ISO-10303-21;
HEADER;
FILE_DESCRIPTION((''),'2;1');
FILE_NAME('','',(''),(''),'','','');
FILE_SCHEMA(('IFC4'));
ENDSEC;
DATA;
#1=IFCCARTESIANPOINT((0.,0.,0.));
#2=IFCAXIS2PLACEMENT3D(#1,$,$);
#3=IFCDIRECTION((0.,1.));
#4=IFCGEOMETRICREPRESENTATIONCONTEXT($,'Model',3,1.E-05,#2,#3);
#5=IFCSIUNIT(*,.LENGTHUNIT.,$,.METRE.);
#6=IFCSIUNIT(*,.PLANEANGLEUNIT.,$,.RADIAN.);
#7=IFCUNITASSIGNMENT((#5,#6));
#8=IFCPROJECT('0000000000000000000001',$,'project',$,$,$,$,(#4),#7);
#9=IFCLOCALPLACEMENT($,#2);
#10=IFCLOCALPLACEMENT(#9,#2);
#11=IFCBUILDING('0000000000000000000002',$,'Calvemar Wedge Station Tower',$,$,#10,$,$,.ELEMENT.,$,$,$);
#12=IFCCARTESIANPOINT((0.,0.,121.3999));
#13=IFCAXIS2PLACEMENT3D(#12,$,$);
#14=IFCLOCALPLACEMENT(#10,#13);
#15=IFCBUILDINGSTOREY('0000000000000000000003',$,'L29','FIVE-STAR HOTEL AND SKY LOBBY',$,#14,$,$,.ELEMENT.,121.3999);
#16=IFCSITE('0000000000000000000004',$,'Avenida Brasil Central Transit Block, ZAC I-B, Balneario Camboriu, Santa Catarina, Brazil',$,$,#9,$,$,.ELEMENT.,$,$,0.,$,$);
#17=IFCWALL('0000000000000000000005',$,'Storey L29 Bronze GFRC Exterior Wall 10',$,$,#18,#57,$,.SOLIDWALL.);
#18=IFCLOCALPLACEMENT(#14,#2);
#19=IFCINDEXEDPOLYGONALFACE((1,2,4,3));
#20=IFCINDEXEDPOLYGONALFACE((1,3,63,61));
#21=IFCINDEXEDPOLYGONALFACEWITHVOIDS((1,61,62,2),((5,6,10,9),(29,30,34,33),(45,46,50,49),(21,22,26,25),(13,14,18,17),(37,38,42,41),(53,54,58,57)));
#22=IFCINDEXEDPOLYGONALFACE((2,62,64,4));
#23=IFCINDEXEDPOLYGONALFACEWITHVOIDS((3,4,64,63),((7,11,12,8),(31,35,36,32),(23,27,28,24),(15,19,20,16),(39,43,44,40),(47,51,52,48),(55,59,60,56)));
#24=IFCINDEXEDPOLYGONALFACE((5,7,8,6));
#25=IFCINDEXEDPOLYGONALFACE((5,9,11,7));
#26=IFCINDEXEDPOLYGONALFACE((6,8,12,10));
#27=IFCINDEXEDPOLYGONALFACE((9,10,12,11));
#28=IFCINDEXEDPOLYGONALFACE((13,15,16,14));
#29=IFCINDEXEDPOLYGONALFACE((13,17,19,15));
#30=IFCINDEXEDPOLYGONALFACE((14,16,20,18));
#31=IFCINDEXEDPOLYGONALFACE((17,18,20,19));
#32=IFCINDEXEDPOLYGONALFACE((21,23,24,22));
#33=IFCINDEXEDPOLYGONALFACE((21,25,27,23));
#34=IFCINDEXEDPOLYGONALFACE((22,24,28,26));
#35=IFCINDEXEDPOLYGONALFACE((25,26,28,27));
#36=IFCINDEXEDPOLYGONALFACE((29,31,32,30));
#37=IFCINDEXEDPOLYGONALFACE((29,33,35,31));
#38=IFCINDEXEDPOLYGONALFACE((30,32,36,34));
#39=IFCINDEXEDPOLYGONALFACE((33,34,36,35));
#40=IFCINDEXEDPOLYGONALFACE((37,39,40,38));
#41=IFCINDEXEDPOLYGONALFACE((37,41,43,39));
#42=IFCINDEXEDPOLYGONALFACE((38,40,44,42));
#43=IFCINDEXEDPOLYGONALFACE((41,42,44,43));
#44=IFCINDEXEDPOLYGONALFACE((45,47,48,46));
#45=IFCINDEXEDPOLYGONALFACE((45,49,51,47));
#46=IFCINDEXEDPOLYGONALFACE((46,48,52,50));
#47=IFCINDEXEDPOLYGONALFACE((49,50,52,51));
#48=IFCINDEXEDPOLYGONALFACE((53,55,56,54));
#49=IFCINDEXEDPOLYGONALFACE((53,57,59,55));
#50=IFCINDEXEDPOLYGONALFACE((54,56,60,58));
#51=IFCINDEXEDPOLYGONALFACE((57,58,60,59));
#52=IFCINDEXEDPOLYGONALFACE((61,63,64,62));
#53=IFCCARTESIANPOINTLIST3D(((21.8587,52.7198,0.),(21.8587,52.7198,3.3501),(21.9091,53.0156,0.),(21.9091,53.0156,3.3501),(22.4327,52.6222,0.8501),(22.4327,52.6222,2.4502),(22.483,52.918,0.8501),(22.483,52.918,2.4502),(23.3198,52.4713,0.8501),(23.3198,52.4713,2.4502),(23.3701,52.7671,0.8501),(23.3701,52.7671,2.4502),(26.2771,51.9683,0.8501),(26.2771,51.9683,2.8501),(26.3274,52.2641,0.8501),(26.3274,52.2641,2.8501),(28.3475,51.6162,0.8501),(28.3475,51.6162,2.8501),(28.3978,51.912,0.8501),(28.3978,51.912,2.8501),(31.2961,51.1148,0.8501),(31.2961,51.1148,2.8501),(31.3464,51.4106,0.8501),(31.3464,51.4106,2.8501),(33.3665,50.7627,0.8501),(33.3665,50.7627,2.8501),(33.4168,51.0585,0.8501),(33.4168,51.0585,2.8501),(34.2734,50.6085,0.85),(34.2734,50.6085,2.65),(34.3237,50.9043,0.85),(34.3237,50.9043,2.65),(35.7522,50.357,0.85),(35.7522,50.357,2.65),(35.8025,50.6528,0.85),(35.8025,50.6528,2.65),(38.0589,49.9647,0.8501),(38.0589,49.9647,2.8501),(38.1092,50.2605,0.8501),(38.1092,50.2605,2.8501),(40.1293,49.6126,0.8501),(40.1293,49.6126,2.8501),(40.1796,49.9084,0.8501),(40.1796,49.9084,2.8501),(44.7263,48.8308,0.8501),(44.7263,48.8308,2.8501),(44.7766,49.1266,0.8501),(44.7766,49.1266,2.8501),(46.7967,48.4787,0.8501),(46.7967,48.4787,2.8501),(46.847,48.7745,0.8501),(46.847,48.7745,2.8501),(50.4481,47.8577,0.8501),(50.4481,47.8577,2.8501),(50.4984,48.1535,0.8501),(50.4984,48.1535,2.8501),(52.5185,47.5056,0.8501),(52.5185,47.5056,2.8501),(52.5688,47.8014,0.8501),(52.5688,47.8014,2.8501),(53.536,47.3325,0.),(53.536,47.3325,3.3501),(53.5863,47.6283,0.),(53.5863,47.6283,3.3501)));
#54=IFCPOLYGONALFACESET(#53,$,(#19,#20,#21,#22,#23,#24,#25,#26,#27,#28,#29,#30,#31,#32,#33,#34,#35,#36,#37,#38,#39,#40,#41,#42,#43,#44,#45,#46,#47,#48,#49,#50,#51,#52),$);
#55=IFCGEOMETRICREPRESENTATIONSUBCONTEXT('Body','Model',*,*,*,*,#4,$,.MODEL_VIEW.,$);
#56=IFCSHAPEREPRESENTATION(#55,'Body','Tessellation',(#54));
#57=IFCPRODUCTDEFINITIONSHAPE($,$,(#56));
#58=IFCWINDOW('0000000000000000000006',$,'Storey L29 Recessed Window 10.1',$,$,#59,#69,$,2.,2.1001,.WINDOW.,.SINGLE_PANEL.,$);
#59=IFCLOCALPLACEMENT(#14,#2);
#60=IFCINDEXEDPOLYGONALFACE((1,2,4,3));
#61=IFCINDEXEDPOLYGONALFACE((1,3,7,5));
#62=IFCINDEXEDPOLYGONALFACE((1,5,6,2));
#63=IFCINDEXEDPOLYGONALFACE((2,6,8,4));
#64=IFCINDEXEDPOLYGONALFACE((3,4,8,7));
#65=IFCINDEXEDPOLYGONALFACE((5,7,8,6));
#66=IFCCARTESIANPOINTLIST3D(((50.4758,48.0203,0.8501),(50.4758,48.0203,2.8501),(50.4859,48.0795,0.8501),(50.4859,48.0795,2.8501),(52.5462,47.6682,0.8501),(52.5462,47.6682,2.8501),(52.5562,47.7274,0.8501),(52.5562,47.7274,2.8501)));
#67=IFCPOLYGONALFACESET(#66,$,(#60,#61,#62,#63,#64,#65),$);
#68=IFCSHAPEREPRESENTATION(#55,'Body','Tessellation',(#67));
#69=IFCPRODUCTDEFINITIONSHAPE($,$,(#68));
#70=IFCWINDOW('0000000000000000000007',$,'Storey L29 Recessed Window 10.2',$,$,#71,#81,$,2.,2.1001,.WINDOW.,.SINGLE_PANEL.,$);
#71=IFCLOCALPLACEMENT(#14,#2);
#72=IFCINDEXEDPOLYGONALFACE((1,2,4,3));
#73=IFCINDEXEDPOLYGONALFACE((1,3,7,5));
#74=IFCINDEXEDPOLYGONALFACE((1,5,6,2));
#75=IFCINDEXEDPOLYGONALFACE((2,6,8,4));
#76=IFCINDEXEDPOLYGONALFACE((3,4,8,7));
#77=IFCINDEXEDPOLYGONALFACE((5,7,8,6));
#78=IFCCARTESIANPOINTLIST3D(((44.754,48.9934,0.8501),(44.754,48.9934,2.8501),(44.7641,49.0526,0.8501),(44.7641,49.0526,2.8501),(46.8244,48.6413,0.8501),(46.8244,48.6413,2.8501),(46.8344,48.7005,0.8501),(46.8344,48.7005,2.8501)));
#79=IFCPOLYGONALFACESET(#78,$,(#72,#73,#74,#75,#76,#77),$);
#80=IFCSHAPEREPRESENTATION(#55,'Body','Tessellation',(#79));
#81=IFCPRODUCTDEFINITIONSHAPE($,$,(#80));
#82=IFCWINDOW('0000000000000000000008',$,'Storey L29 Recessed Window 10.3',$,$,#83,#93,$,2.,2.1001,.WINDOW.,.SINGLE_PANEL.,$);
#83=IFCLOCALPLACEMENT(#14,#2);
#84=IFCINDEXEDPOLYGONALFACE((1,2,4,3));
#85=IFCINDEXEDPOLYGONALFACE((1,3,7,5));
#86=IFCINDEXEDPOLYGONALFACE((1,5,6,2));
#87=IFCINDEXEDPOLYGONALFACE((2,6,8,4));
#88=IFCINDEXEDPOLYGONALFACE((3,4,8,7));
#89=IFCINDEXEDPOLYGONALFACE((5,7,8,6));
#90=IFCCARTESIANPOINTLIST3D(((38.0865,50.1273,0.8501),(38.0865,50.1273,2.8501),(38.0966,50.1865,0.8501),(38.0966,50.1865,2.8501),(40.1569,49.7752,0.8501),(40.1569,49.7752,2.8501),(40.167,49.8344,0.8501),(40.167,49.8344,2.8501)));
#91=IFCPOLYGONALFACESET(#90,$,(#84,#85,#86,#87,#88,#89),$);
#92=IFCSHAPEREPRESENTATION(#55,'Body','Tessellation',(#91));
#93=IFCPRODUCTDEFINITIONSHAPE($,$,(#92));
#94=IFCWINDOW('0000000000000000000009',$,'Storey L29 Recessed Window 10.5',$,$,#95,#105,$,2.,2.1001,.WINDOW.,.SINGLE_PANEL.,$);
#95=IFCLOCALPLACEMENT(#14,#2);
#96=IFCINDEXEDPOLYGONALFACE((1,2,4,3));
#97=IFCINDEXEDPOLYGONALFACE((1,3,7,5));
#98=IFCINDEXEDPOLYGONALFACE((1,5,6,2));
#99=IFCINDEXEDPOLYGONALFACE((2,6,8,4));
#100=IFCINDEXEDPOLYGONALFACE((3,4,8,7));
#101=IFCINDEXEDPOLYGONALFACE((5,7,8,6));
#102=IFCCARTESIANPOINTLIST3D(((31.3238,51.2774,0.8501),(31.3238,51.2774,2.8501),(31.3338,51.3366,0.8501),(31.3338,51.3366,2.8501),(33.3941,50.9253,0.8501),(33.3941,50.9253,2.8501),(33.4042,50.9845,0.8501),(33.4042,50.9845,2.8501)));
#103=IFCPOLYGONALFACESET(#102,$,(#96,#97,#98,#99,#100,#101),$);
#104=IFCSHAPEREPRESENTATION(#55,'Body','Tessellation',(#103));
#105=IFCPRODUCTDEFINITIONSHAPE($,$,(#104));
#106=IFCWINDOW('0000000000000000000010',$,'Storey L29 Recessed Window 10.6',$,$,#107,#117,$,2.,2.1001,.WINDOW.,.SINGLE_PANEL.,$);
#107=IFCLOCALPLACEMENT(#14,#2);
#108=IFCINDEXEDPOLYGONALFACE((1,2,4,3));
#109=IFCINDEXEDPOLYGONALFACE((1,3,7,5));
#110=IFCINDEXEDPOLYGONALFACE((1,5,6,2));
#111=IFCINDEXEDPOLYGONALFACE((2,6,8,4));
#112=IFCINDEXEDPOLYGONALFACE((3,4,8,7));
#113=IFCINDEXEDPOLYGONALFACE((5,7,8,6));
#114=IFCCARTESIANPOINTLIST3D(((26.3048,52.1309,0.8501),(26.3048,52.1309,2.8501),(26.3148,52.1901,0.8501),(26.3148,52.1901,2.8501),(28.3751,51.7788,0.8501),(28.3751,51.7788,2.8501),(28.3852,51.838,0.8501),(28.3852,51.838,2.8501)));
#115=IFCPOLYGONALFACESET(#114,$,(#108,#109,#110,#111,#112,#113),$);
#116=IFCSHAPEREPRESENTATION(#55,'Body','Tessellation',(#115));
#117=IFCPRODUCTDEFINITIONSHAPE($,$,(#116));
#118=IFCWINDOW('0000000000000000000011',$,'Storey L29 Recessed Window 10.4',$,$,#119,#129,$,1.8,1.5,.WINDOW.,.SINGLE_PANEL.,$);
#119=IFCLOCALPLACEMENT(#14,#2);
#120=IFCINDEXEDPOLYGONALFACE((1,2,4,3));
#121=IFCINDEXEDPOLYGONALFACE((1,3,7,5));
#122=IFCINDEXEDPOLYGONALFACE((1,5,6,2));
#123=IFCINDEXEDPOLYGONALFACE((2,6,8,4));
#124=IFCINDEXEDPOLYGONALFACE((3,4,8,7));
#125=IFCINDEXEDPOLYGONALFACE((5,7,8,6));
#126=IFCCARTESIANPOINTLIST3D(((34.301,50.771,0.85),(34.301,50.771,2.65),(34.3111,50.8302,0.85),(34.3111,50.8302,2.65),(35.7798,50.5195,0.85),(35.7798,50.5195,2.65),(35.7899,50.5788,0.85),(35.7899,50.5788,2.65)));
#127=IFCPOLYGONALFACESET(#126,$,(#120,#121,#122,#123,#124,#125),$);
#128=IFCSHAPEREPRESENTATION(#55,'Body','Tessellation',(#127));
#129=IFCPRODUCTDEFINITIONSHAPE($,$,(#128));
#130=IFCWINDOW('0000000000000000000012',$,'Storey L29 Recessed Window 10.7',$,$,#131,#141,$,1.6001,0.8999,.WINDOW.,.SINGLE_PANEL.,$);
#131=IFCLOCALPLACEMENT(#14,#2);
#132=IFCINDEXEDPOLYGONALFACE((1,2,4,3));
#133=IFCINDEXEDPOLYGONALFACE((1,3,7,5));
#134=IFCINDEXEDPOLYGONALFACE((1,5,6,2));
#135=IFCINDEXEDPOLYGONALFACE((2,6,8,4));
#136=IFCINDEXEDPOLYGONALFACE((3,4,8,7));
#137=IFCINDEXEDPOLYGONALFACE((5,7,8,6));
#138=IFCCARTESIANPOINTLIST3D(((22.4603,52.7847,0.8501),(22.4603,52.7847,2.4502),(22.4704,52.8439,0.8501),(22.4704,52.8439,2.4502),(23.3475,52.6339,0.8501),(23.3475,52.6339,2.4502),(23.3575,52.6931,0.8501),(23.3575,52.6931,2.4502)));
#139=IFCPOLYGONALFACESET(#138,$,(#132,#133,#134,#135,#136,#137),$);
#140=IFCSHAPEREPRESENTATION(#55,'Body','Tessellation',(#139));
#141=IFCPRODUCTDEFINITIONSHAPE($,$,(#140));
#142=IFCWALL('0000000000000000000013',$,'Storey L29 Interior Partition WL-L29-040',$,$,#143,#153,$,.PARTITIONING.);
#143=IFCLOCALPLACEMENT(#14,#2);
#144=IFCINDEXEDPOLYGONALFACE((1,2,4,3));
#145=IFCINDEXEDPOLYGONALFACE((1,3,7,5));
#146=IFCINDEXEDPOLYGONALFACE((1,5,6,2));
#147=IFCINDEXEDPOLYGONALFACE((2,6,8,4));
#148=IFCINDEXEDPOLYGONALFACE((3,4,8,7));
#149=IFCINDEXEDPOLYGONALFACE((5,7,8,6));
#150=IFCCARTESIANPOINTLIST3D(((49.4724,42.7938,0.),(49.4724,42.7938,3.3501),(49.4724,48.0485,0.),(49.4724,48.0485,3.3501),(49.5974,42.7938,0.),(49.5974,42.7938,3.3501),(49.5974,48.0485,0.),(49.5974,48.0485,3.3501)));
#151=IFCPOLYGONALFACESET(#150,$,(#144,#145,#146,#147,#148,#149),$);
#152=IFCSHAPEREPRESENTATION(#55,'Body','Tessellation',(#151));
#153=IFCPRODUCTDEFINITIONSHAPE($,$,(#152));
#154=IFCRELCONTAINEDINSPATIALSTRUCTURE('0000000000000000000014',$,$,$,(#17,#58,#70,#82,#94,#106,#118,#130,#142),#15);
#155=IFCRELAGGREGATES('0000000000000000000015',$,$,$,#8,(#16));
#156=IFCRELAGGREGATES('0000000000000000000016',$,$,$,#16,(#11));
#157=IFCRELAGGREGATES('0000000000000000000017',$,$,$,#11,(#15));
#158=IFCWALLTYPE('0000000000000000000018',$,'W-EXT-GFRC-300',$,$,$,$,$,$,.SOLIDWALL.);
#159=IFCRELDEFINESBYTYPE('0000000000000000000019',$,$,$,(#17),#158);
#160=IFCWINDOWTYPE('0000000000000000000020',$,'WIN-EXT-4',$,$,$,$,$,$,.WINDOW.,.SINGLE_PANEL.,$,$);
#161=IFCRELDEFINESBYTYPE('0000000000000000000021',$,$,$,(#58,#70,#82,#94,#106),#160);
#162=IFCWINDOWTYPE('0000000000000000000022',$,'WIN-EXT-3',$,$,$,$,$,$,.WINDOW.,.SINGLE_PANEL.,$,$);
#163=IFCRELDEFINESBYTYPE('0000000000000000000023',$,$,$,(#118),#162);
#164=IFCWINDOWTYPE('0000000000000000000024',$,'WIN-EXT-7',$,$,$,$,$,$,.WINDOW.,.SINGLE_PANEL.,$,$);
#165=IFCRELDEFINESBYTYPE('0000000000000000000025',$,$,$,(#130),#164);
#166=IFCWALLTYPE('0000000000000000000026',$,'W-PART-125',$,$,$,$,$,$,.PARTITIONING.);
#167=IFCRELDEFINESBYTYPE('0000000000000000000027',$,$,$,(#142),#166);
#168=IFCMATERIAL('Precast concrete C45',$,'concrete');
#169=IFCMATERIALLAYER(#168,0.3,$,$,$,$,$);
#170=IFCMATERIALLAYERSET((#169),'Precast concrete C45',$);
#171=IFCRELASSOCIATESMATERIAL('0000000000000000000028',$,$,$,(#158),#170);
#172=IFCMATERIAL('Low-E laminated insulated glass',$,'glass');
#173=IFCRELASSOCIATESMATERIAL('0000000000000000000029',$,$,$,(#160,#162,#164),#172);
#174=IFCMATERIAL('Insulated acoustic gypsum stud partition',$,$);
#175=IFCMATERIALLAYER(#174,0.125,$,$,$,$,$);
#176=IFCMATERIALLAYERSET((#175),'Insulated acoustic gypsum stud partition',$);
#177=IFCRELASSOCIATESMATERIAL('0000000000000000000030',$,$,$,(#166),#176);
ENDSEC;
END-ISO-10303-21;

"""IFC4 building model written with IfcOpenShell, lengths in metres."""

from ifc_helpers import new_model, si_unit, direction, frame, frame_2d, origin, place, context, subcontext, project, spatial, rectangle, extrude, source, transform, mapped, material, layer, layer_set, type_object, element, fill, save


model = new_model("IFC4")

# Units and contexts
model_context = context("Model", 3, precision=1e-05, world=origin(), true_north=direction((0.0, 1.0)))
body_context = subcontext(model_context, "Body", "Model", "MODEL_VIEW")
ifc_project = project(units=[si_unit("LENGTHUNIT", "METRE"), si_unit("PLANEANGLEUNIT", "RADIAN")], contexts=[model_context])

# Site, building, storey
site_placement = place(None, origin())
site = spatial("IfcSite", under=ifc_project, at=site_placement, Name="Avenida Brasil Central Transit Block, ZAC I-B, Balneario Camboriu, Santa Catarina, Brazil", CompositionType="ELEMENT", RefElevation=0.0)
building_placement = place(site_placement, origin())
building = spatial("IfcBuilding", under=site, at=building_placement, Name="Calvemar Wedge Station Tower", CompositionType="ELEMENT")
storey_placement = place(building_placement, frame((0.0, 0.0, 121.3999)))
storey = spatial("IfcBuildingStorey", under=building, at=storey_placement, Name="L29", Description="FIVE-STAR HOTEL AND SKY LOBBY", CompositionType="ELEMENT", Elevation=121.3999)

# Shared definitions
ifc_material_1 = material(Name="Precast concrete C45", Category="concrete")
ifc_layer_1 = layer(ifc_material_1, 0.3)
ifc_layer_set_1 = layer_set([ifc_layer_1], Name="Precast concrete C45")
wall_type_1 = type_object("IfcWallType", Name="W-EXT-GFRC-300", PredefinedType="SOLIDWALL", material=ifc_layer_set_1)
ifc_material_2 = material(Name="Low-E laminated insulated glass", Category="glass")

# Wall, openings, windows
wall_1_placement = place(storey_placement, frame((53.561, 47.4805, 0.0), z_axis=(0.0, 0.0, 1.0), x_axis=(-0.985845, 0.167658, 0.0)))
wall_1 = element("IfcWall", 1, at=wall_1_placement, inside=storey, type_object=wall_type_1, Name="Storey L29 Bronze GFRC Exterior Wall 10", PredefinedType="SOLIDWALL", context=body_context, shape_type="SweptSolid", body=[
    extrude(rectangle(XDim=32.1321, YDim=0.3, at=frame_2d((16.0659, 0.0))), origin(), (0.0, 0.0, 1.0), 3.3501),
])
shared_shape_1 = source(origin(), body_context, "Body", "SweptSolid", [
    extrude(rectangle(XDim=2.1001, YDim=2.0, at=frame_2d((1.05, 1.0))), frame((0.0, 0.1602, 0.0), z_axis=(0.0, -1.0, 0.0), x_axis=(1.0, 0.0, 0.0)), (0.0, 0.0, 1.0), 0.3201),
])
opening_1_placement = place(wall_1_placement, frame((1.032, 0.0, 0.8501)))
opening_1 = element("IfcOpeningElement", 2, at=opening_1_placement, cuts=wall_1, PredefinedType="OPENING", context=body_context, shape_type="MappedRepresentation", body=[
    mapped(shared_shape_1, transform((0.0, 0.0, 0.0), scale=1.0)),
])
opening_2_placement = place(wall_1_placement, frame((6.8359, 0.0, 0.8501)))
opening_2 = element("IfcOpeningElement", 3, at=opening_2_placement, cuts=wall_1, PredefinedType="OPENING", context=body_context, shape_type="MappedRepresentation", body=[
    mapped(shared_shape_1, transform((0.0, 0.0, 0.0), scale=1.0)),
])
opening_3_placement = place(wall_1_placement, frame((13.5991, 0.0, 0.8501)))
opening_3 = element("IfcOpeningElement", 4, at=opening_3_placement, cuts=wall_1, PredefinedType="OPENING", context=body_context, shape_type="MappedRepresentation", body=[
    mapped(shared_shape_1, transform((0.0, 0.0, 0.0), scale=1.0)),
])
shared_shape_2 = source(origin(), body_context, "Body", "SweptSolid", [
    extrude(rectangle(XDim=1.5, YDim=1.8, at=frame_2d((0.75, 0.8999))), frame((0.0, 0.1602, 0.0), z_axis=(0.0, -1.0, 0.0), x_axis=(1.0, 0.0, 0.0)), (0.0, 0.0, 1.0), 0.3201),
])
opening_4_placement = place(wall_1_placement, frame((18.0391, 0.0, 0.8501)))
opening_4 = element("IfcOpeningElement", 5, at=opening_4_placement, cuts=wall_1, PredefinedType="OPENING", context=body_context, shape_type="MappedRepresentation", body=[
    mapped(shared_shape_2, transform((0.0, 0.0, 0.0), scale=1.0)),
])
opening_5_placement = place(wall_1_placement, frame((20.459, 0.0, 0.8501)))
opening_5 = element("IfcOpeningElement", 6, at=opening_5_placement, cuts=wall_1, PredefinedType="OPENING", context=body_context, shape_type="MappedRepresentation", body=[
    mapped(shared_shape_1, transform((0.0, 0.0, 0.0), scale=1.0)),
])
opening_6_placement = place(wall_1_placement, frame((25.55, 0.0, 0.8501)))
opening_6 = element("IfcOpeningElement", 7, at=opening_6_placement, cuts=wall_1, PredefinedType="OPENING", context=body_context, shape_type="MappedRepresentation", body=[
    mapped(shared_shape_1, transform((0.0, 0.0, 0.0), scale=1.0)),
])
shared_shape_3 = source(origin(), body_context, "Body", "SweptSolid", [
    extrude(rectangle(XDim=0.8999, YDim=1.6001, at=frame_2d((0.45, 0.8))), frame((0.0, 0.1602, 0.0), z_axis=(0.0, -1.0, 0.0), x_axis=(1.0, 0.0, 0.0)), (0.0, 0.0, 1.0), 0.3201),
])
opening_7_placement = place(wall_1_placement, frame((30.6499, 0.0, 0.8501)))
opening_7 = element("IfcOpeningElement", 8, at=opening_7_placement, cuts=wall_1, PredefinedType="OPENING", context=body_context, shape_type="MappedRepresentation", body=[
    mapped(shared_shape_3, transform((0.0, 0.0, 0.0), scale=1.0)),
])
window_type_1 = type_object("IfcWindowType", Name="WIN-EXT-4", PartitioningType="SINGLE_PANEL", PredefinedType="WINDOW", material=ifc_material_2)
shared_shape_4 = source(origin(), body_context, "Body", "SweptSolid", [
    extrude(rectangle(XDim=2.1001, YDim=2.0, at=frame_2d((1.05, 1.0))), frame((0.0, -0.0149, 0.0), z_axis=(0.0, -1.0, 0.0), x_axis=(1.0, 0.0, 0.0)), (0.0, 0.0, 1.0), 0.0601),
])
window_1_placement = place(opening_1_placement, origin())
window_1 = element("IfcWindow", 9, at=window_1_placement, inside=storey, type_object=window_type_1, Name="Storey L29 Recessed Window 10.1", OverallHeight=2.0, OverallWidth=2.1001, PartitioningType="SINGLE_PANEL", PredefinedType="WINDOW", context=body_context, shape_type="MappedRepresentation", body=[
    mapped(shared_shape_4, transform((0.0, 0.0, 0.0), scale=1.0)),
])
fill(opening_1, window_1)
window_2_placement = place(opening_2_placement, origin())
window_2 = element("IfcWindow", 10, at=window_2_placement, inside=storey, type_object=window_type_1, Name="Storey L29 Recessed Window 10.2", OverallHeight=2.0, OverallWidth=2.1001, PartitioningType="SINGLE_PANEL", PredefinedType="WINDOW", context=body_context, shape_type="MappedRepresentation", body=[
    mapped(shared_shape_4, transform((0.0, 0.0, 0.0), scale=1.0)),
])
fill(opening_2, window_2)
window_3_placement = place(opening_3_placement, origin())
window_3 = element("IfcWindow", 11, at=window_3_placement, inside=storey, type_object=window_type_1, Name="Storey L29 Recessed Window 10.3", OverallHeight=2.0, OverallWidth=2.1001, PartitioningType="SINGLE_PANEL", PredefinedType="WINDOW", context=body_context, shape_type="MappedRepresentation", body=[
    mapped(shared_shape_4, transform((0.0, 0.0, 0.0), scale=1.0)),
])
fill(opening_3, window_3)
window_4_placement = place(opening_5_placement, origin())
window_4 = element("IfcWindow", 12, at=window_4_placement, inside=storey, type_object=window_type_1, Name="Storey L29 Recessed Window 10.5", OverallHeight=2.0, OverallWidth=2.1001, PartitioningType="SINGLE_PANEL", PredefinedType="WINDOW", context=body_context, shape_type="MappedRepresentation", body=[
    mapped(shared_shape_4, transform((0.0, 0.0, 0.0), scale=1.0)),
])
fill(opening_5, window_4)
window_5_placement = place(opening_6_placement, origin())
window_5 = element("IfcWindow", 13, at=window_5_placement, inside=storey, type_object=window_type_1, Name="Storey L29 Recessed Window 10.6", OverallHeight=2.0, OverallWidth=2.1001, PartitioningType="SINGLE_PANEL", PredefinedType="WINDOW", context=body_context, shape_type="MappedRepresentation", body=[
    mapped(shared_shape_4, transform((0.0, 0.0, 0.0), scale=1.0)),
])
fill(opening_6, window_5)
window_type_2 = type_object("IfcWindowType", Name="WIN-EXT-3", PartitioningType="SINGLE_PANEL", PredefinedType="WINDOW", material=ifc_material_2)
shared_shape_5 = source(origin(), body_context, "Body", "SweptSolid", [
    extrude(rectangle(XDim=1.5, YDim=1.8, at=frame_2d((0.75, 0.8999))), frame((0.0, -0.0149, 0.0), z_axis=(0.0, -1.0, 0.0), x_axis=(1.0, 0.0, 0.0)), (0.0, 0.0, 1.0), 0.0601),
])
window_6_placement = place(opening_4_placement, origin())
window_6 = element("IfcWindow", 14, at=window_6_placement, inside=storey, type_object=window_type_2, Name="Storey L29 Recessed Window 10.4", OverallHeight=1.8, OverallWidth=1.5, PartitioningType="SINGLE_PANEL", PredefinedType="WINDOW", context=body_context, shape_type="MappedRepresentation", body=[
    mapped(shared_shape_5, transform((0.0, 0.0, 0.0), scale=1.0)),
])
fill(opening_4, window_6)
window_type_3 = type_object("IfcWindowType", Name="WIN-EXT-7", PartitioningType="SINGLE_PANEL", PredefinedType="WINDOW", material=ifc_material_2)
shared_shape_6 = source(origin(), body_context, "Body", "SweptSolid", [
    extrude(rectangle(XDim=0.8999, YDim=1.6001, at=frame_2d((0.45, 0.8))), frame((0.0, -0.0149, 0.0), z_axis=(0.0, -1.0, 0.0), x_axis=(1.0, 0.0, 0.0)), (0.0, 0.0, 1.0), 0.0601),
])
window_7_placement = place(opening_7_placement, origin())
window_7 = element("IfcWindow", 15, at=window_7_placement, inside=storey, type_object=window_type_3, Name="Storey L29 Recessed Window 10.7", OverallHeight=1.6001, OverallWidth=0.8999, PartitioningType="SINGLE_PANEL", PredefinedType="WINDOW", context=body_context, shape_type="MappedRepresentation", body=[
    mapped(shared_shape_6, transform((0.0, 0.0, 0.0), scale=1.0)),
])
fill(opening_7, window_7)

# Wall
ifc_material_3 = material(Name="Insulated acoustic gypsum stud partition")
ifc_layer_2 = layer(ifc_material_3, 0.125)
ifc_layer_set_2 = layer_set([ifc_layer_2], Name="Insulated acoustic gypsum stud partition")
wall_type_2 = type_object("IfcWallType", Name="W-PART-125", PredefinedType="PARTITIONING", material=ifc_layer_set_2)
wall_2_placement = place(storey_placement, frame((49.5349, 48.0486, 0.0), z_axis=(0.0, 0.0, 1.0), x_axis=(0.0, -1.0, 0.0)))
element("IfcWall", 16, at=wall_2_placement, inside=storey, type_object=wall_type_2, Name="Storey L29 Interior Partition WL-L29-040", PredefinedType="PARTITIONING", context=body_context, shape_type="SweptSolid", body=[
    extrude(rectangle(XDim=5.2546, YDim=0.125, at=frame_2d((2.6274, 0.0))), origin(), (0.0, 0.0, 1.0), 3.3501),
])

save(model, "model.ifc")
